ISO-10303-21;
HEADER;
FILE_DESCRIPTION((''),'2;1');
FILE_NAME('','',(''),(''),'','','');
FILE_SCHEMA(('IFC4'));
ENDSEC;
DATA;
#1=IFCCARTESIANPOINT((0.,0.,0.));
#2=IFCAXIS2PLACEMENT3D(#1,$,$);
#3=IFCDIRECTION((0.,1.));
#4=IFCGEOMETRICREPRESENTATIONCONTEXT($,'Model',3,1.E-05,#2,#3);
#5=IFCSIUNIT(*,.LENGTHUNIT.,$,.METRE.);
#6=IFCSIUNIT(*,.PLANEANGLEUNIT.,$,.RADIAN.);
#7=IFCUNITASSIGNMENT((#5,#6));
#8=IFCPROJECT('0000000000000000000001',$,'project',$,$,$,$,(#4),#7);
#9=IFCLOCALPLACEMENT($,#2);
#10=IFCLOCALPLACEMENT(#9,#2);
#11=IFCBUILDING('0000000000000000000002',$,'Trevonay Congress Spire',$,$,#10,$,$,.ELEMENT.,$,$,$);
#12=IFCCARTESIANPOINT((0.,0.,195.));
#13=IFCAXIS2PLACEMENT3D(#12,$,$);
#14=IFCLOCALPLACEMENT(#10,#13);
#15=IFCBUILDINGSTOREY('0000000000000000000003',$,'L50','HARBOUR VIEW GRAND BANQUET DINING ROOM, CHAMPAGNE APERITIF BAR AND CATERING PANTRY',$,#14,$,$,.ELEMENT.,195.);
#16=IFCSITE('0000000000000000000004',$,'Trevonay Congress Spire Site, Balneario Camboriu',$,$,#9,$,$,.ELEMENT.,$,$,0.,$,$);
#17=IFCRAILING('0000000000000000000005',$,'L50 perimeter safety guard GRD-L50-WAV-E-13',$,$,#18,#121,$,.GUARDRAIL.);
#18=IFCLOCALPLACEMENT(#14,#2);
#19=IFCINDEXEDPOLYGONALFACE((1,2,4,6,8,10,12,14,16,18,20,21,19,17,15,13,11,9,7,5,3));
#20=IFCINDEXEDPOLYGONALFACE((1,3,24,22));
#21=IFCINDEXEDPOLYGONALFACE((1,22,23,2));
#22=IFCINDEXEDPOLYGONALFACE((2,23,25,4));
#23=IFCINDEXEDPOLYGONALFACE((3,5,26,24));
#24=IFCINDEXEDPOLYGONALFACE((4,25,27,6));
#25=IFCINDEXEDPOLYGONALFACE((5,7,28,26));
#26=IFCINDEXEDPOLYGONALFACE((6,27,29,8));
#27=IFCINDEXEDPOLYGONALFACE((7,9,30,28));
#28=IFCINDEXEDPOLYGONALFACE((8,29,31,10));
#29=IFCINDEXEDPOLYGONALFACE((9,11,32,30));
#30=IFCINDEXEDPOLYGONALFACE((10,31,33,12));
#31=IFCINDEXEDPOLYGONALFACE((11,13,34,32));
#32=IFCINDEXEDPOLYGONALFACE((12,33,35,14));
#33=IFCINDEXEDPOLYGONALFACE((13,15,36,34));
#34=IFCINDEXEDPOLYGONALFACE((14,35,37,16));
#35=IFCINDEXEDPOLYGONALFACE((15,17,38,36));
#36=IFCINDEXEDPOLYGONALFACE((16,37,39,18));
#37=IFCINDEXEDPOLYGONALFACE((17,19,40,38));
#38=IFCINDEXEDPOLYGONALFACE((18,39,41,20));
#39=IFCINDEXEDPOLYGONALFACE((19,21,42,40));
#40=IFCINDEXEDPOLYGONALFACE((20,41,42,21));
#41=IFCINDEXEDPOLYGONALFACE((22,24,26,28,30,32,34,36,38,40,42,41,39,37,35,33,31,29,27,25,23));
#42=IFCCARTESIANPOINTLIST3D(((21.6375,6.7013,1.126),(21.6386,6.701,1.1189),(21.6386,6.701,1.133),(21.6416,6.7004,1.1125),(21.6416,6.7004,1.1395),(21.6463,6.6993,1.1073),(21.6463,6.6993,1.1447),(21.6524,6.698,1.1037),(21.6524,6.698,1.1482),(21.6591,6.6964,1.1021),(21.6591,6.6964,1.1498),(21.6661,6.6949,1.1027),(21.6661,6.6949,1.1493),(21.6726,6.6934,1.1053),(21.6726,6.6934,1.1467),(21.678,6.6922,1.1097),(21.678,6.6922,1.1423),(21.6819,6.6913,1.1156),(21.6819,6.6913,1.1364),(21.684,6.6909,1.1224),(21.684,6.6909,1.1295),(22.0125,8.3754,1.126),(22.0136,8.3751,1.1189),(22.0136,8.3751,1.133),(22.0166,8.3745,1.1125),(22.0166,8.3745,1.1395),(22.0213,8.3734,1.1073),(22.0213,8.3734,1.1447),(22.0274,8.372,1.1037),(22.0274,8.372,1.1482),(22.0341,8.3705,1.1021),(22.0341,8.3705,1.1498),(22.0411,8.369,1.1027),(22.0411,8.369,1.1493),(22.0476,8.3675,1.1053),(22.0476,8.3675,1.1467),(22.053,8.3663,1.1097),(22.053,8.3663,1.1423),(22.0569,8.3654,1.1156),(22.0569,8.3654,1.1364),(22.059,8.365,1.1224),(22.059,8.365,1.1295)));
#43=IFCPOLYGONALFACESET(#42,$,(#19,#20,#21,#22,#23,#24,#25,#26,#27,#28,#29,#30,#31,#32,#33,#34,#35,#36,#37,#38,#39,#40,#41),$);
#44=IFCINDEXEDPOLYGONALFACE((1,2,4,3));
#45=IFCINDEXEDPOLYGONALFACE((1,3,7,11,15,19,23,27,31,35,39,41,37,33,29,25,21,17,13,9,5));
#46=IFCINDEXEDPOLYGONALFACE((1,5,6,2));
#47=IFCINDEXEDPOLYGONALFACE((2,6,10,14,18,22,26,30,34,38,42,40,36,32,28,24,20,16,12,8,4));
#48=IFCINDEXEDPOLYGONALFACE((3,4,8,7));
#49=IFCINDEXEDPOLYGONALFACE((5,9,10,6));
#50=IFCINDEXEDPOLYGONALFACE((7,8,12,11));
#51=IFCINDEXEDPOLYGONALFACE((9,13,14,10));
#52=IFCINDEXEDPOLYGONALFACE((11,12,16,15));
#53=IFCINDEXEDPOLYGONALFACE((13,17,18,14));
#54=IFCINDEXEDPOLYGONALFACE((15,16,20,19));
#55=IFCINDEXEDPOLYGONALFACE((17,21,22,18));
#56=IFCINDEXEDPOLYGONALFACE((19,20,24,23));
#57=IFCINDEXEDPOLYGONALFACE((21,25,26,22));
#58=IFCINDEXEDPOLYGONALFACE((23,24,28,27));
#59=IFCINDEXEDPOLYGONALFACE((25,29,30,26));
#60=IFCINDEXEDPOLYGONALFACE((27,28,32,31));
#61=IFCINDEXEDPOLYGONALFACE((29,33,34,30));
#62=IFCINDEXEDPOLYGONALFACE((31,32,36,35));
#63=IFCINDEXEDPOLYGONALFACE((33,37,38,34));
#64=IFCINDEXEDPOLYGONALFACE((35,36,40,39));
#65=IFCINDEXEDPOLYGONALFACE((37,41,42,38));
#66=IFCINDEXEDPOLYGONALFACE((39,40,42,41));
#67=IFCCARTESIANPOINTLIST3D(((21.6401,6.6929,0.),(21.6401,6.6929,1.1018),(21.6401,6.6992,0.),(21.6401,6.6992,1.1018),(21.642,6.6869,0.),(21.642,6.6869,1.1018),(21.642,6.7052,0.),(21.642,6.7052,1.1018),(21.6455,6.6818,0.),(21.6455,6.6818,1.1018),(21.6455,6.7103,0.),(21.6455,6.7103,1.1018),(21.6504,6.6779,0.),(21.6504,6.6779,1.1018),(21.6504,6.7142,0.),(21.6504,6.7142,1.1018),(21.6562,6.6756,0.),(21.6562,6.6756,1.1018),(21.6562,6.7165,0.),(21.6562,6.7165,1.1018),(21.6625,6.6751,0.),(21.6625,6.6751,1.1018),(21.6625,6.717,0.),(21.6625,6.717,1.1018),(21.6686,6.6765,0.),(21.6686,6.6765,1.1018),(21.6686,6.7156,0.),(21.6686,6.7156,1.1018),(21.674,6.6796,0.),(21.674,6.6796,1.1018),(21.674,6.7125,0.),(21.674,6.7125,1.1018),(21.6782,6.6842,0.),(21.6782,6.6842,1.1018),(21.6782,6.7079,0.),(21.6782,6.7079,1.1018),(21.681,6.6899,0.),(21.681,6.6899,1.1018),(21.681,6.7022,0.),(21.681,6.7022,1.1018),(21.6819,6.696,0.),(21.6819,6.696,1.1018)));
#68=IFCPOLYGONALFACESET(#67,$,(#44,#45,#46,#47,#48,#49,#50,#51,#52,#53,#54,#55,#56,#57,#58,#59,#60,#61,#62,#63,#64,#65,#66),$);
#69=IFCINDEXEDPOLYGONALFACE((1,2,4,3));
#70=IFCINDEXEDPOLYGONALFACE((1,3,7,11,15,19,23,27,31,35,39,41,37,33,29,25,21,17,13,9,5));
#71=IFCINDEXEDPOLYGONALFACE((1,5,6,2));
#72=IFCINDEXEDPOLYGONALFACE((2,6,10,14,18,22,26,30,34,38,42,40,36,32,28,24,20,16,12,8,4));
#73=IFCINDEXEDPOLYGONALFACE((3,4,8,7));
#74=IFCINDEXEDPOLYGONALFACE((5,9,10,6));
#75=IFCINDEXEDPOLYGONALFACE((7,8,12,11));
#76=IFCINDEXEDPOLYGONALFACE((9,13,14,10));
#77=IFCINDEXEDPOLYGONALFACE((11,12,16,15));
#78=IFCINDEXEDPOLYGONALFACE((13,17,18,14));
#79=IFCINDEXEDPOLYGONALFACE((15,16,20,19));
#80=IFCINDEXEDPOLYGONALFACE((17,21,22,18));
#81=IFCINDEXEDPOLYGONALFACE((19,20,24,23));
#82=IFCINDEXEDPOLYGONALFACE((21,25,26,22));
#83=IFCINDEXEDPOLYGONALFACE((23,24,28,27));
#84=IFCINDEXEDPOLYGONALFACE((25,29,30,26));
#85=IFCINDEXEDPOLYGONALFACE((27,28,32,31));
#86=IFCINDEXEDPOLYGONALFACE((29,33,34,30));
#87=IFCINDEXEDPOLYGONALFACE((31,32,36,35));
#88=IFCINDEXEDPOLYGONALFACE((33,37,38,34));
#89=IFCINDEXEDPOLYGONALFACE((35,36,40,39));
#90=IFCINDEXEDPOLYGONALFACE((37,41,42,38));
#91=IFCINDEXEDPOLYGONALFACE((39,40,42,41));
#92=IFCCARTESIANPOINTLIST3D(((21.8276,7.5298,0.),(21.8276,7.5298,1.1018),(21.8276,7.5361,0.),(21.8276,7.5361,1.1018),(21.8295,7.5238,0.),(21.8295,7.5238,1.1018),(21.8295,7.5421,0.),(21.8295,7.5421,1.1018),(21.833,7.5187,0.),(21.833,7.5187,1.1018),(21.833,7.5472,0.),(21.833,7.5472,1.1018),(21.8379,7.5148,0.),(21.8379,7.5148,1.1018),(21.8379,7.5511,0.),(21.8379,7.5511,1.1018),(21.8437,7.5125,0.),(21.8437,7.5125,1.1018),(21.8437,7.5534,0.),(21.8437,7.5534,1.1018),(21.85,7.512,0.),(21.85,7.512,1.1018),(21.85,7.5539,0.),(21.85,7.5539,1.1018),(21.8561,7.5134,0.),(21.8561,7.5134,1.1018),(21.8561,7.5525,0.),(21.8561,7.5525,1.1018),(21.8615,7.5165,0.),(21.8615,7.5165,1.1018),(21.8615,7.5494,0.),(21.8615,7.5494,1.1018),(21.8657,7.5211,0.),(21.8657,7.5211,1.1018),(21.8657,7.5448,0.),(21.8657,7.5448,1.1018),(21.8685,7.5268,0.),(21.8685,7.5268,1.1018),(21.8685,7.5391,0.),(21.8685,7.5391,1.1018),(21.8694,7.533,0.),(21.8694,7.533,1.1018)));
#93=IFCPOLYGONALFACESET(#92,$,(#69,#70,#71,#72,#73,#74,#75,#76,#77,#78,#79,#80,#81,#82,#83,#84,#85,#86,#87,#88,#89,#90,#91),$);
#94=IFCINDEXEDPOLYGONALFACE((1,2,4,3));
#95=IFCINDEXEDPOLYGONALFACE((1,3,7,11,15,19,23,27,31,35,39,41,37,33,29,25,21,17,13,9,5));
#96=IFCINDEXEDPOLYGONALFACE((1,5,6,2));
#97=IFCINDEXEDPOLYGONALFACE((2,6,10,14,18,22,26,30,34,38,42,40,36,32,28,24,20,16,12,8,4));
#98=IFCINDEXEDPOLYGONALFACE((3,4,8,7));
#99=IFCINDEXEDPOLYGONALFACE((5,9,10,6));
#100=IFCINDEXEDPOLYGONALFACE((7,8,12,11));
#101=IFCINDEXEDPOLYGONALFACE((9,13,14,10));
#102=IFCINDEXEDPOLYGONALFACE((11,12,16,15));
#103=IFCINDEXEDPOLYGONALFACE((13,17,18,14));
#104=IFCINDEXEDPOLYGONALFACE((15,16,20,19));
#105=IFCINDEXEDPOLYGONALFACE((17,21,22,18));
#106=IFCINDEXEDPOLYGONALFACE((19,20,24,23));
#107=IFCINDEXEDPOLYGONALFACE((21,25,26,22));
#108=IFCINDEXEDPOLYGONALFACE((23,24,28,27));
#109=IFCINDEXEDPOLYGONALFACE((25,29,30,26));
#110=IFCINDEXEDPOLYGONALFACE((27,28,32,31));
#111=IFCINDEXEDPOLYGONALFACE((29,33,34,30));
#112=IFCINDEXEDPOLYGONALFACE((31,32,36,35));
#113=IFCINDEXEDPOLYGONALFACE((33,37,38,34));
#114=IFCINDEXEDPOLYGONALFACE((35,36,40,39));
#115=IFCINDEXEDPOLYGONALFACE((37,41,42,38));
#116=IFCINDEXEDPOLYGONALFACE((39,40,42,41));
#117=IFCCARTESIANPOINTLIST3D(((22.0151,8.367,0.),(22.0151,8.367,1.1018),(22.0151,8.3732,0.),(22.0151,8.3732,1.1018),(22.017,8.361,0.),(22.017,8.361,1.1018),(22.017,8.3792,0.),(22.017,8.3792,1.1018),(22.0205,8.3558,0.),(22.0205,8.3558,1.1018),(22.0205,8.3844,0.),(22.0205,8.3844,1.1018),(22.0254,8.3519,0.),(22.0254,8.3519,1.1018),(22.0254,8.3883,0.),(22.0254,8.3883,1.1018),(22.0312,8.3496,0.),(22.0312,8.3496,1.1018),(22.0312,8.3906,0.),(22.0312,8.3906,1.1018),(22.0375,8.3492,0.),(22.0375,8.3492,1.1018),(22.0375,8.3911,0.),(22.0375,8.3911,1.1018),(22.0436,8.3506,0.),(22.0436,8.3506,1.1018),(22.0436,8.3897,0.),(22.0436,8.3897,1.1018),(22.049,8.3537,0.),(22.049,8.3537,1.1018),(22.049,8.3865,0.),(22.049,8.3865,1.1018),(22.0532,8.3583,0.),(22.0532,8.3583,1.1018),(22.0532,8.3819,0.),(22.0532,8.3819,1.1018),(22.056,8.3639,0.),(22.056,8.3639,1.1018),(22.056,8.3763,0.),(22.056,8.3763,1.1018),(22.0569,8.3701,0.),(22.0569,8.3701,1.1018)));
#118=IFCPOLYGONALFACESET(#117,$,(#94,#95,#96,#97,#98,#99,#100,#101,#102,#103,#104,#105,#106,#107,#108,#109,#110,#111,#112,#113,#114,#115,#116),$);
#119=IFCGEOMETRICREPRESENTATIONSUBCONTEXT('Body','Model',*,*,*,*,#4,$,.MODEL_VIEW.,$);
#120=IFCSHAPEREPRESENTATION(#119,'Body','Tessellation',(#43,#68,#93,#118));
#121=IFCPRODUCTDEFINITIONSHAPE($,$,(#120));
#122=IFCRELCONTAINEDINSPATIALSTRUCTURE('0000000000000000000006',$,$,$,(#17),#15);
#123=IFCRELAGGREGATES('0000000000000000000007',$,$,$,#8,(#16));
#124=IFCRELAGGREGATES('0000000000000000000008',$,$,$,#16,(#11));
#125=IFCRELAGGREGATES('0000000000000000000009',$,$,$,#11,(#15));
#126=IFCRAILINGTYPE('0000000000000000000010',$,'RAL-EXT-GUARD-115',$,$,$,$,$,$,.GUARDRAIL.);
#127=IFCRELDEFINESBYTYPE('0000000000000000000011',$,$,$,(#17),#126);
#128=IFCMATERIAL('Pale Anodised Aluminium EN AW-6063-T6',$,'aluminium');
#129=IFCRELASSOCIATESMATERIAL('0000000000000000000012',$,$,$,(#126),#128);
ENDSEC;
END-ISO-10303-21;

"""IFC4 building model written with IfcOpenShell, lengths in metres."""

from ifc_helpers import new_model, si_unit, direction, frame, origin, origin_2d, place, context, subcontext, project, spatial, circle, extrude, material, type_object, element, save


model = new_model("IFC4")

# Units and contexts
model_context = context("Model", 3, precision=1e-05, world=origin(), true_north=direction((0.0, 1.0)))
body_context = subcontext(model_context, "Body", "Model", "MODEL_VIEW")
ifc_project = project(units=[si_unit("LENGTHUNIT", "METRE"), si_unit("PLANEANGLEUNIT", "RADIAN")], contexts=[model_context])

# Site, building, storey
site_placement = place(None, origin())
site = spatial("IfcSite", under=ifc_project, at=site_placement, Name="Trevonay Congress Spire Site, Balneario Camboriu", CompositionType="ELEMENT", RefElevation=0.0)
building_placement = place(site_placement, origin())
building = spatial("IfcBuilding", under=site, at=building_placement, Name="Trevonay Congress Spire", CompositionType="ELEMENT")
storey_placement = place(building_placement, frame((0.0, 0.0, 195.0)))
storey = spatial("IfcBuildingStorey", under=building, at=storey_placement, Name="L50", Description="HARBOUR VIEW GRAND BANQUET DINING ROOM, CHAMPAGNE APERITIF BAR AND CATERING PANTRY", CompositionType="ELEMENT", Elevation=195.0)

# Shared definitions
ifc_material_1 = material(Name="Pale Anodised Aluminium EN AW-6063-T6", Category="aluminium")

# Railing
railing_type = type_object("IfcRailingType", Name="RAL-EXT-GUARD-115", PredefinedType="GUARDRAIL", material=ifc_material_1)
railing_1_placement = place(storey_placement, frame((21.6609, 6.696, 0.0)))
element("IfcRailing", 1, at=railing_1_placement, inside=storey, type_object=railing_type, Name="L50 perimeter safety guard GRD-L50-WAV-E-13", PredefinedType="GUARDRAIL", context=body_context, shape_type="SweptSolid", body=[
    extrude(circle(Radius=0.0239, at=origin_2d()), frame((0.0, 0.0, 1.126), z_axis=(0.218588, 0.975817, 0.0), x_axis=(-0.975817, 0.218588, 0.0)), (0.0, 0.0, 1.0), 1.7156),
    extrude(circle(Radius=0.021, at=origin_2d()), origin(), (0.0, 0.0, 1.0), 1.1018),
    extrude(circle(Radius=0.021, at=origin_2d()), frame((0.1875, 0.8369, 0.0)), (0.0, 0.0, 1.0), 1.1018),
    extrude(circle(Radius=0.021, at=origin_2d()), frame((0.375, 1.6741, 0.0)), (0.0, 0.0, 1.0), 1.1018),
])

save(model, "model.ifc")
